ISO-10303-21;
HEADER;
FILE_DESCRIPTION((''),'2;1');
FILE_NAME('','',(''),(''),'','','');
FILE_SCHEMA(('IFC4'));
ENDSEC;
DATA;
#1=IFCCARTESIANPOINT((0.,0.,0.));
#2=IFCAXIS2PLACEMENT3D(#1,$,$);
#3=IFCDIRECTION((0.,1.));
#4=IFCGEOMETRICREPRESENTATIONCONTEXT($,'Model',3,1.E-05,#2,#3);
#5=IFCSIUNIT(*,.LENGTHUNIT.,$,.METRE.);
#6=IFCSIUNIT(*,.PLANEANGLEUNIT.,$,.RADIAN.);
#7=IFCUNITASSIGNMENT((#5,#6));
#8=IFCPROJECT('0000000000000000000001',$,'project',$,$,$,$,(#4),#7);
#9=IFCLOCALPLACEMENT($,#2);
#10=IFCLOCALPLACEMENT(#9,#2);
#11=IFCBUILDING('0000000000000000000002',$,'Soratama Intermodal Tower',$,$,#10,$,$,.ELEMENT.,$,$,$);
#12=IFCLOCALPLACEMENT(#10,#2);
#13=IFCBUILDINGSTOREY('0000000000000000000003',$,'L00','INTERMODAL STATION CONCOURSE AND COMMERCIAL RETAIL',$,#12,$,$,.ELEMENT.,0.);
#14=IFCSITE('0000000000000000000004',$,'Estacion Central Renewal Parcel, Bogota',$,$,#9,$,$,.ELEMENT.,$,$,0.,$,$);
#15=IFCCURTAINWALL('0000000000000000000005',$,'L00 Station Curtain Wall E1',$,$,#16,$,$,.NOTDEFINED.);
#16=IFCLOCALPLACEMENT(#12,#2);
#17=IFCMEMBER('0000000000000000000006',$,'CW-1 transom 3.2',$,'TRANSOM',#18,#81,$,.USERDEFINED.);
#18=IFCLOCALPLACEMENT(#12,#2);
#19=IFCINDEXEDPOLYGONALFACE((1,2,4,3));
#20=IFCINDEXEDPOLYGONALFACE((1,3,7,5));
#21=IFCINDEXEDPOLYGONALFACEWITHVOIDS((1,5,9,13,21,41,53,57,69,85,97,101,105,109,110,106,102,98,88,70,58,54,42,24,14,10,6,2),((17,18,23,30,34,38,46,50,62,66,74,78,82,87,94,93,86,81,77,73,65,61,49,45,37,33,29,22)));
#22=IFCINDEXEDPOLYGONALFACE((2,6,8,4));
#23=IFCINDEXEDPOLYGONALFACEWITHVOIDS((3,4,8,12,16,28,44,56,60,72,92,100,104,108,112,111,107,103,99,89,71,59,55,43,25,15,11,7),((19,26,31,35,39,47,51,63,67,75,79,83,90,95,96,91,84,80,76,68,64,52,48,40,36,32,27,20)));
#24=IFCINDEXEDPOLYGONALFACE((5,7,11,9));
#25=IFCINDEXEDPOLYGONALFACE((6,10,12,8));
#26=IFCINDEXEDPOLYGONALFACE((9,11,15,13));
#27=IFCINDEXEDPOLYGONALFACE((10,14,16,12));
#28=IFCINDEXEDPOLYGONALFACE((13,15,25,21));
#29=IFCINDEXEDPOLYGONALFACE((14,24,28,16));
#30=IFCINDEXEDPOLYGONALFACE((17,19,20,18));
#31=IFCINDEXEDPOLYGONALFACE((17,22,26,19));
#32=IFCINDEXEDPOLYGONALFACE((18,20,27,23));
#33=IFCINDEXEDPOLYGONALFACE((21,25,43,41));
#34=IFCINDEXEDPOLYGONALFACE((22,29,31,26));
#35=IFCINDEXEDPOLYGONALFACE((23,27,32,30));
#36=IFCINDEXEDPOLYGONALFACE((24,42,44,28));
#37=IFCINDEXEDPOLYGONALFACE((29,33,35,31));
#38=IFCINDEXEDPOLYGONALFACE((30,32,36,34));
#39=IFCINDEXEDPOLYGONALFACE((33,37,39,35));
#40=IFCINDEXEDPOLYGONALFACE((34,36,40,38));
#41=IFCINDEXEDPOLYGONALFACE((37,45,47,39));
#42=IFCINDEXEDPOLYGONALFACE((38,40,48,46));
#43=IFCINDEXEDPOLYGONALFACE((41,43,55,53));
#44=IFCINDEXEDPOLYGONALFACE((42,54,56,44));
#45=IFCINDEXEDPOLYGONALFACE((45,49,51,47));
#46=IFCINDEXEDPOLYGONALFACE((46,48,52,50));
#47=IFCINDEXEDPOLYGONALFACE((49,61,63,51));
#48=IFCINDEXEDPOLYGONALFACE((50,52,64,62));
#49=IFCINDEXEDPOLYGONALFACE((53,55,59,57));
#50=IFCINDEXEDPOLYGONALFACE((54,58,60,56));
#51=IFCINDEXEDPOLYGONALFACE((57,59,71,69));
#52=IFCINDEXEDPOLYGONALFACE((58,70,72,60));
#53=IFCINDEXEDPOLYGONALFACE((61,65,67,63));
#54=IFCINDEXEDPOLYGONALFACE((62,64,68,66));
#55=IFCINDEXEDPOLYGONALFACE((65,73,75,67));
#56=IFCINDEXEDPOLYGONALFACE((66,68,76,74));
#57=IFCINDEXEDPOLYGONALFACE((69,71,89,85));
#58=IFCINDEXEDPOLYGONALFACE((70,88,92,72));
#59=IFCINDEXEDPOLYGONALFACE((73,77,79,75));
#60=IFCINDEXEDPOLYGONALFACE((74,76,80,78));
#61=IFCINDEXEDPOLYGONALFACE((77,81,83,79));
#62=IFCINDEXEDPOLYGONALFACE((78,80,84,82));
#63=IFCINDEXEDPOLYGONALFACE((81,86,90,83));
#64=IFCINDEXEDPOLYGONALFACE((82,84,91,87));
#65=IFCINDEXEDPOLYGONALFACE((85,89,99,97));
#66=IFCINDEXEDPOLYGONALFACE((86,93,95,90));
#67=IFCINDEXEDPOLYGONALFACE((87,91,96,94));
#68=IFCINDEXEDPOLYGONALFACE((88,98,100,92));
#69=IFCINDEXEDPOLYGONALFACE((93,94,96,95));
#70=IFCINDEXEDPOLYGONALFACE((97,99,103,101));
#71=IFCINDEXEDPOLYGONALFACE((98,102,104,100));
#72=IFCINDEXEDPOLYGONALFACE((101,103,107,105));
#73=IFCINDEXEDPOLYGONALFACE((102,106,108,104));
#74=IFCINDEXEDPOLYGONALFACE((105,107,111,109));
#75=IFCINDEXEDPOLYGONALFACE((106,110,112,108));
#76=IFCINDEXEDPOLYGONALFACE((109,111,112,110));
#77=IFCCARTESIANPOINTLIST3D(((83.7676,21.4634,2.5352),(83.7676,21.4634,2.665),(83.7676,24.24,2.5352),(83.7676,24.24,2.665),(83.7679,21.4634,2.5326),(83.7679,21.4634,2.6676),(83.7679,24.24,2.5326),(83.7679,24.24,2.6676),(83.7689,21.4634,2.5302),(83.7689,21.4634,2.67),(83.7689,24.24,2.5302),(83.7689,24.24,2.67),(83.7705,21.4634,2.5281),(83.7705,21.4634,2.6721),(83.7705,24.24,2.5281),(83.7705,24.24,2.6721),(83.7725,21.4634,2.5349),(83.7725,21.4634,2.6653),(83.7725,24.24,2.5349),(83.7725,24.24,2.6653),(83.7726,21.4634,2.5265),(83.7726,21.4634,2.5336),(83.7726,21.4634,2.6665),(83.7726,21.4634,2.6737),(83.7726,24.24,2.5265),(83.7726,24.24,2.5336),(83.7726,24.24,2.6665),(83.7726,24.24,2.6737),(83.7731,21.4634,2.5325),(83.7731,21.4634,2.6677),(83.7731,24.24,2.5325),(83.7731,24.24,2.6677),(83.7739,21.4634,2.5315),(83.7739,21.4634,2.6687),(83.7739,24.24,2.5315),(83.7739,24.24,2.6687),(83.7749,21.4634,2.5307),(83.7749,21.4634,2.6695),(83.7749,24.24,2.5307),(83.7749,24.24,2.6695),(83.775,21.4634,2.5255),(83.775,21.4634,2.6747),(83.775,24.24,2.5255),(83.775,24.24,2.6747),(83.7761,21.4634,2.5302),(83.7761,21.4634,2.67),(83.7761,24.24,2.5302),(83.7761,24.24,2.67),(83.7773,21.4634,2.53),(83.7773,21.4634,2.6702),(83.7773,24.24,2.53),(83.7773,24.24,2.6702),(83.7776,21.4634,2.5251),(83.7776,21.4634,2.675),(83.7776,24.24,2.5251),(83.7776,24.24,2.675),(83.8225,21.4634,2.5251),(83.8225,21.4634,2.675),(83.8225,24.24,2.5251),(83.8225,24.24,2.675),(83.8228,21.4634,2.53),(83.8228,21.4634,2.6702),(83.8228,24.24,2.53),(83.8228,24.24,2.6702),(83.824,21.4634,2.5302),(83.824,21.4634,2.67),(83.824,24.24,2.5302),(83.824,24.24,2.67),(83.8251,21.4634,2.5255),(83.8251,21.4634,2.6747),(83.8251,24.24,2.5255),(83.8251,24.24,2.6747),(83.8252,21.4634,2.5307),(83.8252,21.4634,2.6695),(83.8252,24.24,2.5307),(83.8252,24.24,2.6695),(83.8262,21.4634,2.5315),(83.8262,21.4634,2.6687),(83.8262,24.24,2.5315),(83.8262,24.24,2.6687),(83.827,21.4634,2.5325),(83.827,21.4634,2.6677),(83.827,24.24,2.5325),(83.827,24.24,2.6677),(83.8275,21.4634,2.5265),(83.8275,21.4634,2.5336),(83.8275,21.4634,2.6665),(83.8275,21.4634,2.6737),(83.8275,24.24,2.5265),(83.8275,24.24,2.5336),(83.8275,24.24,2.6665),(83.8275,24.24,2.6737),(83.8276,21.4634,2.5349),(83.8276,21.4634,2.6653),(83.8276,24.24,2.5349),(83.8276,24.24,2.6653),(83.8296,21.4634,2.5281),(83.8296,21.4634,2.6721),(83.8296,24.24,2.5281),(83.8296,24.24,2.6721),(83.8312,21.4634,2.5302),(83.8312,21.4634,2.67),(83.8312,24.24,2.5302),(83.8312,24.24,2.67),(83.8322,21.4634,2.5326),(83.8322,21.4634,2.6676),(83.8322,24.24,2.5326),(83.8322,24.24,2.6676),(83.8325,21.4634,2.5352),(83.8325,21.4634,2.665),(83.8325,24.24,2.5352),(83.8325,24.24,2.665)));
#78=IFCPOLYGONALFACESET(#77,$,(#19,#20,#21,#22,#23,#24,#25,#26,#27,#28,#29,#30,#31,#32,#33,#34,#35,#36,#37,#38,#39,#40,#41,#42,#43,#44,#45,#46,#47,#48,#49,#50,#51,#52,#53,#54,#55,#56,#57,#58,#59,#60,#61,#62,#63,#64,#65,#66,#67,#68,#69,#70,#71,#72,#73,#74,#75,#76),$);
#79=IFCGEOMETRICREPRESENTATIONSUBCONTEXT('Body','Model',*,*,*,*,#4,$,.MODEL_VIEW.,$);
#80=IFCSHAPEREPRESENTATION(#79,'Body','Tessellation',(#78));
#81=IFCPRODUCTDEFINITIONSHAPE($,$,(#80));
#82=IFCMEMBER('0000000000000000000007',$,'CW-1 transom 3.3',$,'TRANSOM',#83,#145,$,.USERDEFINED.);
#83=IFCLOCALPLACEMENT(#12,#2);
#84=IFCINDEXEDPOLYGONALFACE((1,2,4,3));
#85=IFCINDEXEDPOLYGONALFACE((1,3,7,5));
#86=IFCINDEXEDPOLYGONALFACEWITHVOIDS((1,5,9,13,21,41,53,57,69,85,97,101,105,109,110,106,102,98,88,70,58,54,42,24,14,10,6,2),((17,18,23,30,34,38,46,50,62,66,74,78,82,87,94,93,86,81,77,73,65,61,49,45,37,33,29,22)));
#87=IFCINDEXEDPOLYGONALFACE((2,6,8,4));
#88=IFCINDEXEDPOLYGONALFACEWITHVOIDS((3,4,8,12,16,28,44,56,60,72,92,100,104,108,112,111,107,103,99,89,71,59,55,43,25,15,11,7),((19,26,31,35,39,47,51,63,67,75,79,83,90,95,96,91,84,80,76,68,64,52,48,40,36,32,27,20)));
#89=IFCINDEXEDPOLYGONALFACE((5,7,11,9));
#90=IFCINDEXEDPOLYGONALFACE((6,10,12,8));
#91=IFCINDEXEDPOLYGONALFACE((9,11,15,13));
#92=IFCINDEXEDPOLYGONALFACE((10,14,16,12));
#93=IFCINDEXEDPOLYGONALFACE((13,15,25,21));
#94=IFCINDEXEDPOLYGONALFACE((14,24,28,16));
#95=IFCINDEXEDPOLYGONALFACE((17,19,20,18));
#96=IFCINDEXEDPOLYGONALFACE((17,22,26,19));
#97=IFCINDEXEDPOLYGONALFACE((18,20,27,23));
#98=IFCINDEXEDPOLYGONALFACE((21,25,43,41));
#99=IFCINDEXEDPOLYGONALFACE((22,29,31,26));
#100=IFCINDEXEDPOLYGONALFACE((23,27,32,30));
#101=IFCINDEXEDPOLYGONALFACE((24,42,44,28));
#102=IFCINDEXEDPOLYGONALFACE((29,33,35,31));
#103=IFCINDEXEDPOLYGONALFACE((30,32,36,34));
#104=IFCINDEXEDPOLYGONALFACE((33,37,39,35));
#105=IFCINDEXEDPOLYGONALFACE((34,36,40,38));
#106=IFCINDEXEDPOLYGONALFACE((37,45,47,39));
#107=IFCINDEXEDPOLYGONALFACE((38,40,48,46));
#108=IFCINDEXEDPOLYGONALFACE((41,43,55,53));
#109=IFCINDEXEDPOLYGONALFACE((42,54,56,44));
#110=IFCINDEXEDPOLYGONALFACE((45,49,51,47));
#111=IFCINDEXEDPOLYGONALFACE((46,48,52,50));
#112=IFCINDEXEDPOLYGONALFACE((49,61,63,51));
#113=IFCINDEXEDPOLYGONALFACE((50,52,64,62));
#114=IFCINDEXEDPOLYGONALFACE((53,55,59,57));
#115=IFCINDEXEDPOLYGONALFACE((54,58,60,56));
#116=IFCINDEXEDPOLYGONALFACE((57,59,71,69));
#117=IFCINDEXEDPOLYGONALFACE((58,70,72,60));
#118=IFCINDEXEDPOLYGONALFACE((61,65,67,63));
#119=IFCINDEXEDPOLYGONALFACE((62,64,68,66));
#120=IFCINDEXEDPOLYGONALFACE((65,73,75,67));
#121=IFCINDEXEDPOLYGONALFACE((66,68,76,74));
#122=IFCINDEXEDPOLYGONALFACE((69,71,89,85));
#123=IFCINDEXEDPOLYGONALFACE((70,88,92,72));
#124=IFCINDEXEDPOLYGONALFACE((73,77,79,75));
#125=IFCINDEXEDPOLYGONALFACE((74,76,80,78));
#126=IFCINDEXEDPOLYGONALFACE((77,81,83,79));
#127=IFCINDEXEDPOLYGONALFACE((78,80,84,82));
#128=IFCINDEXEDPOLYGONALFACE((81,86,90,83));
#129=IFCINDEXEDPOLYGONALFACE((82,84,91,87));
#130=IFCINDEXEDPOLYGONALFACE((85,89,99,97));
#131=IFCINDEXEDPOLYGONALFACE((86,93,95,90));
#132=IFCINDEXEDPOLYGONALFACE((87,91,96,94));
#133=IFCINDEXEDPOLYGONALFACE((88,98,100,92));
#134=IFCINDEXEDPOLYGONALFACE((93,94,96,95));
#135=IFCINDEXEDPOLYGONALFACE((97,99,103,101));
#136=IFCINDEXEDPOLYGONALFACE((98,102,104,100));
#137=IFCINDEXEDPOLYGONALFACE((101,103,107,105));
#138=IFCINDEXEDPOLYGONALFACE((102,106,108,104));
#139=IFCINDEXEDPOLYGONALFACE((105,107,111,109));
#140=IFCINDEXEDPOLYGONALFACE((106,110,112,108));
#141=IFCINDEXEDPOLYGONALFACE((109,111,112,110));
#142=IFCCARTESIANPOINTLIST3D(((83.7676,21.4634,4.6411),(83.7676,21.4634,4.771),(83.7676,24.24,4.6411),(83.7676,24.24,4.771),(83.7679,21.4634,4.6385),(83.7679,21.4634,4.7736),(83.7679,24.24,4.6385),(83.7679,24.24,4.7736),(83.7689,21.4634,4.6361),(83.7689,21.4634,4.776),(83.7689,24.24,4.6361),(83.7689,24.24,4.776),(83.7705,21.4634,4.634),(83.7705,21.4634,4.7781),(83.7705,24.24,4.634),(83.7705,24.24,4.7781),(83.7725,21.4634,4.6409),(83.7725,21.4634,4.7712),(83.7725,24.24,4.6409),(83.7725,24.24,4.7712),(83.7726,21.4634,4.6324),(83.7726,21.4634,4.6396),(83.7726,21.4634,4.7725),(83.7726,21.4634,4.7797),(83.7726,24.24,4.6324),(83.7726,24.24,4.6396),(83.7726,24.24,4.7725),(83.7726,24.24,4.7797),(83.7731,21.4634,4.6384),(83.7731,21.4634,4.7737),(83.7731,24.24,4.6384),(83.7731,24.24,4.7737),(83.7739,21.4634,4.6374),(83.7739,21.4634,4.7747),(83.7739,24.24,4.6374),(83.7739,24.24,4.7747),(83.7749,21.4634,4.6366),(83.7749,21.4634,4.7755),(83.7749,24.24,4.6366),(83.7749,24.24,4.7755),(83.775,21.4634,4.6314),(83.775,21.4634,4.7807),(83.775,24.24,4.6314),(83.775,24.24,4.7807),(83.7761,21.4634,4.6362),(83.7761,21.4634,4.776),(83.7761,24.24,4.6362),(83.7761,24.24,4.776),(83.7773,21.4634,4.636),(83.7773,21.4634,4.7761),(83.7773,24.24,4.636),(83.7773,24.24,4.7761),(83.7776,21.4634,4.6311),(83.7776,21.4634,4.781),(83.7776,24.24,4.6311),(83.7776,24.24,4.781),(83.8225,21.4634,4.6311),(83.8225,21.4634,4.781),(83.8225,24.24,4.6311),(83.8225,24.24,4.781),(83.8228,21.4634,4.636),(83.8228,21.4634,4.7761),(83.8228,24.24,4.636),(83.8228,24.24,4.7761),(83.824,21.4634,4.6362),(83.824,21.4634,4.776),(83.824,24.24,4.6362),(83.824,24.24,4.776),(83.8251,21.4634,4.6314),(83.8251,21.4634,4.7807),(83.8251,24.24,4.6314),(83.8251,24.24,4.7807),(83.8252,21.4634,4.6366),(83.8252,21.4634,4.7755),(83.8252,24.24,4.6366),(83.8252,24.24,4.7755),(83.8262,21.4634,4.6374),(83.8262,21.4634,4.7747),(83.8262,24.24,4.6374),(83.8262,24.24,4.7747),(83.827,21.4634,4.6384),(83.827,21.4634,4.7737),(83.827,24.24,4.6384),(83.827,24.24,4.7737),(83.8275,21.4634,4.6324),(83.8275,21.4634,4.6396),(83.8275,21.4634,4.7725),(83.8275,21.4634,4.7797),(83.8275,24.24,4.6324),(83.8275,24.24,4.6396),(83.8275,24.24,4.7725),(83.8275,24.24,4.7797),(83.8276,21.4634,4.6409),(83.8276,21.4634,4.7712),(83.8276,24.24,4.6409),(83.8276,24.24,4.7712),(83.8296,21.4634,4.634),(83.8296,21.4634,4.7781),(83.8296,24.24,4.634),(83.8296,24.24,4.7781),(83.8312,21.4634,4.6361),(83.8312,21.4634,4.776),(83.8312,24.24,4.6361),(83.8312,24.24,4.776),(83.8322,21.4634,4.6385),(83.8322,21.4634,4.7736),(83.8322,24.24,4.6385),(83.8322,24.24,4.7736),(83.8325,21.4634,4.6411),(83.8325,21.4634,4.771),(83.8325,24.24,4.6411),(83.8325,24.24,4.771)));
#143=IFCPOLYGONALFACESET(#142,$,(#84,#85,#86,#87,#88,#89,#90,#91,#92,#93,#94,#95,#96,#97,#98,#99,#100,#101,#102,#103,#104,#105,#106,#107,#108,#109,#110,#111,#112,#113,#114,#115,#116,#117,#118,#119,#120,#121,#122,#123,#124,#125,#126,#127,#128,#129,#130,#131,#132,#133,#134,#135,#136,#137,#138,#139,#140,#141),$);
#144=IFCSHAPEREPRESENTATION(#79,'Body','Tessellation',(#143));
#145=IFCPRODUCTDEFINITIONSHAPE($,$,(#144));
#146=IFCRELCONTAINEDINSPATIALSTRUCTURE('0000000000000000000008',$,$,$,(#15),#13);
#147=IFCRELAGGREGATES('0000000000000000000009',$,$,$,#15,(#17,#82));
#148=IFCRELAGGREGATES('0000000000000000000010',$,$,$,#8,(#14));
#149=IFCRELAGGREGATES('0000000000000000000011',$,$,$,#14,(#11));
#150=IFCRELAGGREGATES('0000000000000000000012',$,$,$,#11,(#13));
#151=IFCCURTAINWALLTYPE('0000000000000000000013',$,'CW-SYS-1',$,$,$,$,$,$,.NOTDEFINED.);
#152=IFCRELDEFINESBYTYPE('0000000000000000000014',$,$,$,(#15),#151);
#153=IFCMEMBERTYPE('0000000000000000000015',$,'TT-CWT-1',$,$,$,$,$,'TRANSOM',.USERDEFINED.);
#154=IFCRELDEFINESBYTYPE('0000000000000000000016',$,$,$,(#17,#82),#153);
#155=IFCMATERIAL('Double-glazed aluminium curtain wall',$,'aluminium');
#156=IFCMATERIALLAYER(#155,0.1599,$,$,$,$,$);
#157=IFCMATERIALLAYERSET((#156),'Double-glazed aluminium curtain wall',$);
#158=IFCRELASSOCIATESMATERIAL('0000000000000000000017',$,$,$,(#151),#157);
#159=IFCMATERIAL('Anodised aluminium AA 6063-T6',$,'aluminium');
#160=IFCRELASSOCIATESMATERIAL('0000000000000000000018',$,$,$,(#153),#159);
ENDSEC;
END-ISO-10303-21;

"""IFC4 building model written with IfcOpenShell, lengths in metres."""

from ifc_helpers import new_model, si_unit, direction, frame, origin, origin_2d, place, context, subcontext, project, spatial, hollow_rectangle, extrude, material, layer, layer_set, material_profile, profile_set, type_object, element, aggregate, save


model = new_model("IFC4")

# Units and contexts
model_context = context("Model", 3, precision=1e-05, world=origin(), true_north=direction((0.0, 1.0)))
body_context = subcontext(model_context, "Body", "Model", "MODEL_VIEW")
ifc_project = project(units=[si_unit("LENGTHUNIT", "METRE"), si_unit("PLANEANGLEUNIT", "RADIAN")], contexts=[model_context])

# Site, building, storey
site_placement = place(None, origin())
site = spatial("IfcSite", under=ifc_project, at=site_placement, Name="Estacion Central Renewal Parcel, Bogota", CompositionType="ELEMENT", RefElevation=0.0)
building_placement = place(site_placement, origin())
building = spatial("IfcBuilding", under=site, at=building_placement, Name="Soratama Intermodal Tower", CompositionType="ELEMENT")
storey_placement = place(building_placement, origin())
storey = spatial("IfcBuildingStorey", under=building, at=storey_placement, Name="L00", Description="INTERMODAL STATION CONCOURSE AND COMMERCIAL RETAIL", CompositionType="ELEMENT", Elevation=0.0)

# Curtain wall
ifc_material_1 = material(Name="Double-glazed aluminium curtain wall", Category="aluminium")
ifc_layer_1 = layer(ifc_material_1, 0.1599)
ifc_layer_set_1 = layer_set([ifc_layer_1], Name="Double-glazed aluminium curtain wall")
curtain_wall_type = type_object("IfcCurtainWallType", Name="CW-SYS-1", PredefinedType="NOTDEFINED", material=ifc_layer_set_1)
curtain_wall_1_placement = place(storey_placement, origin())
curtain_wall_1 = element("IfcCurtainWall", 1, at=curtain_wall_1_placement, inside=storey, type_object=curtain_wall_type, Name="L00 Station Curtain Wall E1", PredefinedType="NOTDEFINED")

# Members
ifc_material_2 = material(Name="Anodised aluminium AA 6063-T6", Category="aluminium")
ifc_material_profile_1 = material_profile(ifc_material_2, hollow_rectangle(XDim=0.0649, YDim=0.1499, WallThickness=0.0049, InnerFilletRadius=0.0049, OuterFilletRadius=0.01, at=origin_2d()), Name="CWT150X65X5")
ifc_profile_set_1 = profile_set([ifc_material_profile_1], Name="Anodised aluminium AA 6063-T6")
member_type_1 = type_object("IfcMemberType", Name="TT-CWT-1", ElementType="TRANSOM", PredefinedType="USERDEFINED", material=ifc_profile_set_1)
member_1_placement = place(storey_placement, frame((83.8, 21.4634, 2.6001), z_axis=(0.0, 1.0, 0.0), x_axis=(-1.0, 0.0, 0.0)))
member_1 = element("IfcMember", 2, at=member_1_placement, type_object=member_type_1, Name="CW-1 transom 3.2", ObjectType="TRANSOM", PredefinedType="USERDEFINED", context=body_context, shape_type="SweptSolid", body=[
    extrude(hollow_rectangle(XDim=0.0649, YDim=0.1499, WallThickness=0.0049, InnerFilletRadius=0.0049, OuterFilletRadius=0.01, at=origin_2d()), origin(), (0.0, 0.0, 1.0), 2.7766),
])
member_2_placement = place(storey_placement, frame((83.8, 21.4634, 4.7061), z_axis=(0.0, 1.0, 0.0), x_axis=(-1.0, 0.0, 0.0)))
member_2 = element("IfcMember", 3, at=member_2_placement, type_object=member_type_1, Name="CW-1 transom 3.3", ObjectType="TRANSOM", PredefinedType="USERDEFINED", context=body_context, shape_type="SweptSolid", body=[
    extrude(hollow_rectangle(XDim=0.0649, YDim=0.1499, WallThickness=0.0049, InnerFilletRadius=0.0049, OuterFilletRadius=0.01, at=origin_2d()), origin(), (0.0, 0.0, 1.0), 2.7766),
])

aggregate(curtain_wall_1, [member_1, member_2])

save(model, "model.ifc")
